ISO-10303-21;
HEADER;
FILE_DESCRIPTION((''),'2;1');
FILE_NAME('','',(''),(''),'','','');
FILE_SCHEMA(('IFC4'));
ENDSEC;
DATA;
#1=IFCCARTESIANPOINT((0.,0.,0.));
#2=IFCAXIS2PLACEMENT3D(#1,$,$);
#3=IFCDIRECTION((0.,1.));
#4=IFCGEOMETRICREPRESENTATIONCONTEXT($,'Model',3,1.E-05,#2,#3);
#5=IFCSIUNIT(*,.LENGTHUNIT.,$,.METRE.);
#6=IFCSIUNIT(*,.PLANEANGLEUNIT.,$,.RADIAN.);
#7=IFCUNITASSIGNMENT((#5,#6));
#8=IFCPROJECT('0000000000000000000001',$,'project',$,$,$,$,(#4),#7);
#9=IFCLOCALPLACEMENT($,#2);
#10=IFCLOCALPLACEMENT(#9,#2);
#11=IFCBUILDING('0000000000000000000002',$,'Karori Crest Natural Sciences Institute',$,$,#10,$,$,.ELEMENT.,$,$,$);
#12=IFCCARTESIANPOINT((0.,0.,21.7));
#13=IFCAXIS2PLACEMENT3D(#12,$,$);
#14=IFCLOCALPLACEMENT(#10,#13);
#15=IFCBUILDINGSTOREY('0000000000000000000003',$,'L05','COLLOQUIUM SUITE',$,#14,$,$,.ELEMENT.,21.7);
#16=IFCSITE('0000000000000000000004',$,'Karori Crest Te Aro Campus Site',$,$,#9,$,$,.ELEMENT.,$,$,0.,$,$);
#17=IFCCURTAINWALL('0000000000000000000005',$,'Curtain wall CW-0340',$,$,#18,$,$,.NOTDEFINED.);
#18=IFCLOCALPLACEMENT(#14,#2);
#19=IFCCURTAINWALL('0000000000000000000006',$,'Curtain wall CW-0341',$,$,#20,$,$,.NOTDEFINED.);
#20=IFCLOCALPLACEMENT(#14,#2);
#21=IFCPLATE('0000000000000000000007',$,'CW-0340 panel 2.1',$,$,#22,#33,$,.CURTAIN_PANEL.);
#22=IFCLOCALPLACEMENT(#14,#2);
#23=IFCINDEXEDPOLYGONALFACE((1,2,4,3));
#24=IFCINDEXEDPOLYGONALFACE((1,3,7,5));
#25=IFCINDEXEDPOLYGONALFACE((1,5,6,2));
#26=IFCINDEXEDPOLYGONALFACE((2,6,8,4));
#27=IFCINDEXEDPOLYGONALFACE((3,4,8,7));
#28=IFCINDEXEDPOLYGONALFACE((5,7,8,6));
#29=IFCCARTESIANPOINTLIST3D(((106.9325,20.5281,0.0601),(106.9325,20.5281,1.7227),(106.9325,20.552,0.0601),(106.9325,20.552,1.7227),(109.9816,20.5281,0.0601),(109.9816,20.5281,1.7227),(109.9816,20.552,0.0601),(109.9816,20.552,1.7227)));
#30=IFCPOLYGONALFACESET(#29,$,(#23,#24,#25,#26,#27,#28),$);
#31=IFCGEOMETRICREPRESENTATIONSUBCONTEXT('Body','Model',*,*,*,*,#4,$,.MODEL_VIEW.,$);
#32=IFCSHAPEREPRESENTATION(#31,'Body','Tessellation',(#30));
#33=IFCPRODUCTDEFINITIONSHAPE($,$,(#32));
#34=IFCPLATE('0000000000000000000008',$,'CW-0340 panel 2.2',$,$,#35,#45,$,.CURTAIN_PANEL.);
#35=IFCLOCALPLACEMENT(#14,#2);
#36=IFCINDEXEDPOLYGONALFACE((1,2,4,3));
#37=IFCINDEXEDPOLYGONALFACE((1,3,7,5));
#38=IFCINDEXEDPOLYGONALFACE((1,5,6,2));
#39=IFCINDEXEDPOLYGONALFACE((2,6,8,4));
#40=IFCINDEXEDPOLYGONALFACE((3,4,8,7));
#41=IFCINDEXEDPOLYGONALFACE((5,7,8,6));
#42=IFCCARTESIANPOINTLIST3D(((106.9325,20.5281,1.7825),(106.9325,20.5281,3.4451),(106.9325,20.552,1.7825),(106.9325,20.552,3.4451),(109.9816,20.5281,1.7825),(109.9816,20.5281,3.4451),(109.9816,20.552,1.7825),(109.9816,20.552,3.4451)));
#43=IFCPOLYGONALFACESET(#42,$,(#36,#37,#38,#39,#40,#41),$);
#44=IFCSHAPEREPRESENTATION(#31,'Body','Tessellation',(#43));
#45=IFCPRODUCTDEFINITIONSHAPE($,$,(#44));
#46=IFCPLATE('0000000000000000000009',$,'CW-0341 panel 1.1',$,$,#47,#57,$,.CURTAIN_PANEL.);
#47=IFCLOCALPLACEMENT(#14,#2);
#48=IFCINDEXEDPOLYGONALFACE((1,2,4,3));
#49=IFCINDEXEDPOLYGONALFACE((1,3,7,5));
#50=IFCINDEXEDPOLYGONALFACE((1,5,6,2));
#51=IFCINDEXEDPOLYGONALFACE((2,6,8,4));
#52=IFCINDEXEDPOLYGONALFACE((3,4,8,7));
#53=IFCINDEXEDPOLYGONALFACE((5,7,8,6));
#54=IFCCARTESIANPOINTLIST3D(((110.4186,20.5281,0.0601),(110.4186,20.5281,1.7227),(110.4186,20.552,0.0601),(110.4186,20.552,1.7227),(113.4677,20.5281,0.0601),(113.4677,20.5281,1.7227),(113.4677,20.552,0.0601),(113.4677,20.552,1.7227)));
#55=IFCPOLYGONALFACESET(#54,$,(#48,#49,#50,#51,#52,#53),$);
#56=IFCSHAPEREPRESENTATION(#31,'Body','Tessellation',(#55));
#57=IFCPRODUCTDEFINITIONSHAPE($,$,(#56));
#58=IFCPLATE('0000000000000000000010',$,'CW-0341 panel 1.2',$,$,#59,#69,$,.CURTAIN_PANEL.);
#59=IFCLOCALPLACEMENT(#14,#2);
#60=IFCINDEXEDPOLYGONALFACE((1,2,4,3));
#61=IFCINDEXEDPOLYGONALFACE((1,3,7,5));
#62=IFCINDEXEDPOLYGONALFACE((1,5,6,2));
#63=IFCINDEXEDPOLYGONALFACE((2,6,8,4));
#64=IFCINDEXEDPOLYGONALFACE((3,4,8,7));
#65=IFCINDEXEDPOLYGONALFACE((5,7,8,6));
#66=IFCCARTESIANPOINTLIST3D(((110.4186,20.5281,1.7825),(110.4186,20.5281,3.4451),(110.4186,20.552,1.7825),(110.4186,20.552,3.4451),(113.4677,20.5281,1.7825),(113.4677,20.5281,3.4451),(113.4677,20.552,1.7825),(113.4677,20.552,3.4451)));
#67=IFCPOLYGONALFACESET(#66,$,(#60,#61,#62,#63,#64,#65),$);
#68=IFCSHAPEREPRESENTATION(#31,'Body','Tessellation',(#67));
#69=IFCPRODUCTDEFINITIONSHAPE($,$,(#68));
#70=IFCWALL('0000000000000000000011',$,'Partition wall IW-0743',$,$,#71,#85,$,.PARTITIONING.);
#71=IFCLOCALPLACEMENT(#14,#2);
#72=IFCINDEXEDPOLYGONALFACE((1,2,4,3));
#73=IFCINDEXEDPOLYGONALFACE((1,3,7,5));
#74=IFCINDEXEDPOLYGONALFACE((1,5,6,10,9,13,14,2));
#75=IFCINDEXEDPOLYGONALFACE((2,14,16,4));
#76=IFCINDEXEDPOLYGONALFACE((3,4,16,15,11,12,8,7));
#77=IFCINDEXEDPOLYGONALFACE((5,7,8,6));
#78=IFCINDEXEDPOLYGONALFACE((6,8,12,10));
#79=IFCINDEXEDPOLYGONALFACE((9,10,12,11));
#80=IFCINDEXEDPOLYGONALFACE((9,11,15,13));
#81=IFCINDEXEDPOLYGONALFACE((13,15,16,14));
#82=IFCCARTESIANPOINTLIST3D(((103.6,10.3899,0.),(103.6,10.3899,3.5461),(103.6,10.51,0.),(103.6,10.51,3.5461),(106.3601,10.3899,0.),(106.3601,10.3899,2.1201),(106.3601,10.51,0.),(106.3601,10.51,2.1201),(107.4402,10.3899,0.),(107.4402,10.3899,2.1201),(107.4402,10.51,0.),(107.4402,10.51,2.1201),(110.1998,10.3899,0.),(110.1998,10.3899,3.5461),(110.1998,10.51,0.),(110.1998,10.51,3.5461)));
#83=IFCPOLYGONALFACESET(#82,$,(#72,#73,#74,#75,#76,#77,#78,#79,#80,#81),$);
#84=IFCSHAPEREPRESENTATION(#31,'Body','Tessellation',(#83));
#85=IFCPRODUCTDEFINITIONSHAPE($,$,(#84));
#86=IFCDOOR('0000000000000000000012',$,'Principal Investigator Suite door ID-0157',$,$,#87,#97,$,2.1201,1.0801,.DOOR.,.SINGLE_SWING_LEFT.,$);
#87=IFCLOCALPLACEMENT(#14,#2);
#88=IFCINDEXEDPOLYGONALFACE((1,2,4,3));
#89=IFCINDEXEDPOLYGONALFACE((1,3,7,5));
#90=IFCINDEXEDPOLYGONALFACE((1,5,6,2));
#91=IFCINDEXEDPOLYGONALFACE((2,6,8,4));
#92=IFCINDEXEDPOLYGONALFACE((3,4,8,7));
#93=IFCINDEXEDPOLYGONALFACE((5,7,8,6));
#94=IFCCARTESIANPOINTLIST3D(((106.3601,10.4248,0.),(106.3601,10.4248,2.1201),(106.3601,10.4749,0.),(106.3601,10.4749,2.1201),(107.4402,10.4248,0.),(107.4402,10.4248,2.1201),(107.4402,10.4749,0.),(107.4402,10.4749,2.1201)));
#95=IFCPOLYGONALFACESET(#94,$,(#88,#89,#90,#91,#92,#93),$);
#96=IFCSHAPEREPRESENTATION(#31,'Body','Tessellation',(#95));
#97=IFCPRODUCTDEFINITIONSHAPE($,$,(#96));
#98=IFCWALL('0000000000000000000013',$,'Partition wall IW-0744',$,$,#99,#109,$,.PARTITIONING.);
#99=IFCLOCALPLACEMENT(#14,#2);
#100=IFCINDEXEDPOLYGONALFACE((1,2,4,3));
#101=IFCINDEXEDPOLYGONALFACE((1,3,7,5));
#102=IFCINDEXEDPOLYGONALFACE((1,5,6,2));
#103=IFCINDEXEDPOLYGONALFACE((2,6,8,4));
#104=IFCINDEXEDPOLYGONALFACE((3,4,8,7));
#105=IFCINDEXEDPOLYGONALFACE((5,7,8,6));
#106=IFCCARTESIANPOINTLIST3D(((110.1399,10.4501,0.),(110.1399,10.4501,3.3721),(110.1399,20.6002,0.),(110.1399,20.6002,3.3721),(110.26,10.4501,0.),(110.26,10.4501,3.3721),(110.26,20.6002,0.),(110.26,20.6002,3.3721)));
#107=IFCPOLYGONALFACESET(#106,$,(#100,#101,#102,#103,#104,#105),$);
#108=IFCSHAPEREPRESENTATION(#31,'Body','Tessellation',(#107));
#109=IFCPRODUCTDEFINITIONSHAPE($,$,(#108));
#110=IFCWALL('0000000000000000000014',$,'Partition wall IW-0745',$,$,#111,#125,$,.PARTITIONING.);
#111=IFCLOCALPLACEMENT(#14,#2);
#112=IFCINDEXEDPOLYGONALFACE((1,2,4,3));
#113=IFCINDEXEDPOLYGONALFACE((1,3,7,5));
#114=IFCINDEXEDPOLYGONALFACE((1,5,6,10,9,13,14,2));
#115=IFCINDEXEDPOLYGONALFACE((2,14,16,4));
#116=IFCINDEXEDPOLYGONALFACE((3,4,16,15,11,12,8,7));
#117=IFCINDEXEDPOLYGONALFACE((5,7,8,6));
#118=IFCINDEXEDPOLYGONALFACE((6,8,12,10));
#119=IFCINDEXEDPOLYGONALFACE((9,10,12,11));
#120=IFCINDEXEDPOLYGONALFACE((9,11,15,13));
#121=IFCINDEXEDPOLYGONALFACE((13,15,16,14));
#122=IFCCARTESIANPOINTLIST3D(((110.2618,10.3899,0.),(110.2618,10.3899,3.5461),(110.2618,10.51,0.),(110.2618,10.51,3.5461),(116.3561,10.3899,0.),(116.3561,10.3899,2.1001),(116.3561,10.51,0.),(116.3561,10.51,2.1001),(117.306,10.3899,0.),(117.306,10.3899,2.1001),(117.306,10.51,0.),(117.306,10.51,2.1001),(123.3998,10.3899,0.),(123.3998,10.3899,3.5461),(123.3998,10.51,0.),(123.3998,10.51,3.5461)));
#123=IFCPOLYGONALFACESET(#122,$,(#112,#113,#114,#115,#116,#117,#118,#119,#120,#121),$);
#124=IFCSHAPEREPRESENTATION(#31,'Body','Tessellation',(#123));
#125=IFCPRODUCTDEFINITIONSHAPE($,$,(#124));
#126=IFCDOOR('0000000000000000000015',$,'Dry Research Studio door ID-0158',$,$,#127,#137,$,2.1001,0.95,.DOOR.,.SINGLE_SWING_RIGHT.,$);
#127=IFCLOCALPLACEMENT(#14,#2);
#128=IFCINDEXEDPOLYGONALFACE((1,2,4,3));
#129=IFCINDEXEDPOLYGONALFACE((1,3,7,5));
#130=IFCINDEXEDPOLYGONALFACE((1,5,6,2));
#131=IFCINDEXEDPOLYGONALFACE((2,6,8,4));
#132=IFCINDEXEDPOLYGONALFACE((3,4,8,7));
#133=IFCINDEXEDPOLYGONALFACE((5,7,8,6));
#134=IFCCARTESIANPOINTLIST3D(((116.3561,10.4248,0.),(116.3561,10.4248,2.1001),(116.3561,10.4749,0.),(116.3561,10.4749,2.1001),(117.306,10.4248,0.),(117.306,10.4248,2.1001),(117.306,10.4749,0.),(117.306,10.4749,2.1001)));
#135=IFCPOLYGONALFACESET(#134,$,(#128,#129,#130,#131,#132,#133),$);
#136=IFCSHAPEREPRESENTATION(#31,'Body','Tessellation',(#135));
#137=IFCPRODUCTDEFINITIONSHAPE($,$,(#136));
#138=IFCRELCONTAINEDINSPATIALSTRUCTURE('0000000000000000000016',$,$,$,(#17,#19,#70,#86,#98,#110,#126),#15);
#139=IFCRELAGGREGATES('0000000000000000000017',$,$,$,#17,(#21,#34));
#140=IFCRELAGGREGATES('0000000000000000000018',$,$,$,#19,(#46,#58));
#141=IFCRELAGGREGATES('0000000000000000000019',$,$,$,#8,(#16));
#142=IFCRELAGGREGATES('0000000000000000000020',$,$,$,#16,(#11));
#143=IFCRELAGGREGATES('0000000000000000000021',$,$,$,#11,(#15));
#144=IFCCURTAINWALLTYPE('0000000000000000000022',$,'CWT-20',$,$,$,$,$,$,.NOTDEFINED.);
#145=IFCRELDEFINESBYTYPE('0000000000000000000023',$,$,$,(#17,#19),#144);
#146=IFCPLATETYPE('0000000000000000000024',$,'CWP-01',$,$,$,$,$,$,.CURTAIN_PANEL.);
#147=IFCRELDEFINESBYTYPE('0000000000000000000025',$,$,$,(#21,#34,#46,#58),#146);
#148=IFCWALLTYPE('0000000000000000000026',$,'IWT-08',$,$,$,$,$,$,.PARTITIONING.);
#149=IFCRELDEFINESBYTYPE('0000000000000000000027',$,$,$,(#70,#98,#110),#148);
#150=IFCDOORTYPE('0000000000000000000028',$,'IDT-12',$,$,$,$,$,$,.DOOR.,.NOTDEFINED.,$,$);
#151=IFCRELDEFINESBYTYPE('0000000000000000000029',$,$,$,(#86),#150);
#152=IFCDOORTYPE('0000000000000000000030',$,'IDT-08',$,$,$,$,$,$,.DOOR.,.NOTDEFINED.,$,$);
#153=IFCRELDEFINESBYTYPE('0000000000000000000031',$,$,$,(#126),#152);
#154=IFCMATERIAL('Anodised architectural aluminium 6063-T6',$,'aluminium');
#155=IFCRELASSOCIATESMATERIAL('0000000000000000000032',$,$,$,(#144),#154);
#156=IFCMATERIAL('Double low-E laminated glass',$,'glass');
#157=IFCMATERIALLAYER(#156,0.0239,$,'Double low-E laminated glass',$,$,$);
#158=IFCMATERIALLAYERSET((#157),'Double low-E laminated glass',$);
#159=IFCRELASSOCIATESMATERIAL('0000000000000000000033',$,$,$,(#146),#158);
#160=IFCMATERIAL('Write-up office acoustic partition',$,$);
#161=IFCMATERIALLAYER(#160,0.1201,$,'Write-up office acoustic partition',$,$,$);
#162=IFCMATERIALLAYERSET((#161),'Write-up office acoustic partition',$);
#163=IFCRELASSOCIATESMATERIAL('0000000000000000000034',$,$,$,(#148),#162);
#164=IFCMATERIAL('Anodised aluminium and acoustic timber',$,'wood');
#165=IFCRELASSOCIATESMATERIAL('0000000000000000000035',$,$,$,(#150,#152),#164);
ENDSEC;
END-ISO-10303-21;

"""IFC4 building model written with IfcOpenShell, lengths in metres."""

from ifc_helpers import new_model, si_unit, direction, frame, frame_2d, origin, origin_2d, place, context, subcontext, project, spatial, rectangle, extrude, material, layer, layer_set, type_object, element, fill, aggregate, save


model = new_model("IFC4")

# Units and contexts
model_context = context("Model", 3, precision=1e-05, world=origin(), true_north=direction((0.0, 1.0)))
body_context = subcontext(model_context, "Body", "Model", "MODEL_VIEW")
ifc_project = project(units=[si_unit("LENGTHUNIT", "METRE"), si_unit("PLANEANGLEUNIT", "RADIAN")], contexts=[model_context])

# Site, building, storey
site_placement = place(None, origin())
site = spatial("IfcSite", under=ifc_project, at=site_placement, Name="Karori Crest Te Aro Campus Site", CompositionType="ELEMENT", RefElevation=0.0)
building_placement = place(site_placement, origin())
building = spatial("IfcBuilding", under=site, at=building_placement, Name="Karori Crest Natural Sciences Institute", CompositionType="ELEMENT")
storey_placement = place(building_placement, frame((0.0, 0.0, 21.7)))
storey = spatial("IfcBuildingStorey", under=building, at=storey_placement, Name="L05", Description="COLLOQUIUM SUITE", CompositionType="ELEMENT", Elevation=21.7)

# Curtain walls
ifc_material_1 = material(Name="Anodised architectural aluminium 6063-T6", Category="aluminium")
curtain_wall_type = type_object("IfcCurtainWallType", Name="CWT-20", PredefinedType="NOTDEFINED", material=ifc_material_1)
curtain_wall_1_placement = place(storey_placement, origin())
curtain_wall_1 = element("IfcCurtainWall", 1, at=curtain_wall_1_placement, inside=storey, type_object=curtain_wall_type, Name="Curtain wall CW-0340", PredefinedType="NOTDEFINED")
curtain_wall_2_placement = place(storey_placement, origin())
curtain_wall_2 = element("IfcCurtainWall", 2, at=curtain_wall_2_placement, inside=storey, type_object=curtain_wall_type, Name="Curtain wall CW-0341", PredefinedType="NOTDEFINED")

# Plates
ifc_material_2 = material(Name="Double low-E laminated glass", Category="glass")
ifc_layer_1 = layer(ifc_material_2, 0.0239, Name="Double low-E laminated glass")
ifc_layer_set_1 = layer_set([ifc_layer_1], Name="Double low-E laminated glass")
plate_type = type_object("IfcPlateType", Name="CWP-01", PredefinedType="CURTAIN_PANEL", material=ifc_layer_set_1)
plate_1_placement = place(storey_placement, frame((108.457, 20.54, 0.0601), z_axis=(0.0, 0.0, 1.0), x_axis=(1.0, 0.0, 0.0)))
plate_1 = element("IfcPlate", 3, at=plate_1_placement, type_object=plate_type, Name="CW-0340 panel 2.1", PredefinedType="CURTAIN_PANEL", context=body_context, shape_type="SweptSolid", body=[
    extrude(rectangle(XDim=3.0491, YDim=0.0239, at=origin_2d()), origin(), (0.0, 0.0, 1.0), 1.6626),
])
plate_2_placement = place(storey_placement, frame((108.457, 20.54, 1.7825), z_axis=(0.0, 0.0, 1.0), x_axis=(1.0, 0.0, 0.0)))
plate_2 = element("IfcPlate", 4, at=plate_2_placement, type_object=plate_type, Name="CW-0340 panel 2.2", PredefinedType="CURTAIN_PANEL", context=body_context, shape_type="SweptSolid", body=[
    extrude(rectangle(XDim=3.0491, YDim=0.0239, at=origin_2d()), origin(), (0.0, 0.0, 1.0), 1.6626),
])
aggregate(curtain_wall_1, [plate_1, plate_2])
plate_3_placement = place(storey_placement, frame((111.9431, 20.54, 0.0601), z_axis=(0.0, 0.0, 1.0), x_axis=(1.0, 0.0, 0.0)))
plate_3 = element("IfcPlate", 5, at=plate_3_placement, type_object=plate_type, Name="CW-0341 panel 1.1", PredefinedType="CURTAIN_PANEL", context=body_context, shape_type="SweptSolid", body=[
    extrude(rectangle(XDim=3.0491, YDim=0.0239, at=origin_2d()), origin(), (0.0, 0.0, 1.0), 1.6626),
])
plate_4_placement = place(storey_placement, frame((111.9431, 20.54, 1.7825), z_axis=(0.0, 0.0, 1.0), x_axis=(1.0, 0.0, 0.0)))
plate_4 = element("IfcPlate", 6, at=plate_4_placement, type_object=plate_type, Name="CW-0341 panel 1.2", PredefinedType="CURTAIN_PANEL", context=body_context, shape_type="SweptSolid", body=[
    extrude(rectangle(XDim=3.0491, YDim=0.0239, at=origin_2d()), origin(), (0.0, 0.0, 1.0), 1.6626),
])
aggregate(curtain_wall_2, [plate_3, plate_4])

# Wall, opening, door
ifc_material_3 = material(Name="Write-up office acoustic partition")
ifc_layer_2 = layer(ifc_material_3, 0.1201, Name="Write-up office acoustic partition")
ifc_layer_set_2 = layer_set([ifc_layer_2], Name="Write-up office acoustic partition")
wall_type = type_object("IfcWallType", Name="IWT-08", PredefinedType="PARTITIONING", material=ifc_layer_set_2)
wall_1_placement = place(storey_placement, frame((103.6001, 10.45, 0.0), z_axis=(0.0, 0.0, 1.0), x_axis=(1.0, 0.0, 0.0)))
wall_1 = element("IfcWall", 7, at=wall_1_placement, inside=storey, type_object=wall_type, Name="Partition wall IW-0743", PredefinedType="PARTITIONING", context=body_context, shape_type="SweptSolid", body=[
    extrude(rectangle(XDim=6.5999, YDim=0.1201, at=frame_2d((3.2998, 0.0))), origin(), (0.0, 0.0, 1.0), 3.5461),
])
opening_1_placement = place(wall_1_placement, frame((2.76, 0.0, 0.0)))
opening_1 = element("IfcOpeningElement", 8, at=opening_1_placement, cuts=wall_1, PredefinedType="OPENING", context=body_context, shape_type="SweptSolid", body=[
    extrude(rectangle(XDim=1.0801, YDim=2.1201, at=frame_2d((0.54, 1.0601))), frame((0.0, 0.0701, 0.0), z_axis=(0.0, -1.0, 0.0), x_axis=(1.0, 0.0, 0.0)), (0.0, 0.0, 1.0), 0.1401),
])
ifc_material_4 = material(Name="Anodised aluminium and acoustic timber", Category="wood")
door_type_1 = type_object("IfcDoorType", Name="IDT-12", OperationType="NOTDEFINED", PredefinedType="DOOR", material=ifc_material_4)
door_1_placement = place(opening_1_placement, origin())
door_1 = element("IfcDoor", 9, at=door_1_placement, inside=storey, type_object=door_type_1, Name="Principal Investigator Suite door ID-0157", OperationType="SINGLE_SWING_LEFT", OverallHeight=2.1201, OverallWidth=1.0801, PredefinedType="DOOR", context=body_context, shape_type="SweptSolid", body=[
    extrude(rectangle(XDim=1.0801, YDim=2.1201, at=frame_2d((0.54, 1.0601))), frame((0.0, 0.0249, 0.0), z_axis=(0.0, -1.0, 0.0), x_axis=(1.0, 0.0, 0.0)), (0.0, 0.0, 1.0), 0.05),
])
fill(opening_1, door_1)

# Wall
wall_2_placement = place(storey_placement, frame((110.2, 10.45, 0.0), z_axis=(0.0, 0.0, 1.0), x_axis=(0.0, 1.0, 0.0)))
element("IfcWall", 10, at=wall_2_placement, inside=storey, type_object=wall_type, Name="Partition wall IW-0744", PredefinedType="PARTITIONING", context=body_context, shape_type="SweptSolid", body=[
    extrude(rectangle(XDim=10.1501, YDim=0.1201, at=frame_2d((5.0752, 0.0))), origin(), (0.0, 0.0, 1.0), 3.3721),
])

# Wall, opening, door
wall_3_placement = place(storey_placement, frame((110.262, 10.45, 0.0), z_axis=(0.0, 0.0, 1.0), x_axis=(1.0, 0.0, 0.0)))
wall_3 = element("IfcWall", 11, at=wall_3_placement, inside=storey, type_object=wall_type, Name="Partition wall IW-0745", PredefinedType="PARTITIONING", context=body_context, shape_type="SweptSolid", body=[
    extrude(rectangle(XDim=13.1379, YDim=0.1201, at=frame_2d((6.5688, 0.0))), origin(), (0.0, 0.0, 1.0), 3.5461),
])
opening_2_placement = place(wall_3_placement, frame((6.094, 0.0, 0.0)))
opening_2 = element("IfcOpeningElement", 12, at=opening_2_placement, cuts=wall_3, PredefinedType="OPENING", context=body_context, shape_type="SweptSolid", body=[
    extrude(rectangle(XDim=0.95, YDim=2.1001, at=frame_2d((0.4751, 1.05))), frame((0.0, 0.0701, 0.0), z_axis=(0.0, -1.0, 0.0), x_axis=(1.0, 0.0, 0.0)), (0.0, 0.0, 1.0), 0.1401),
])
door_type_2 = type_object("IfcDoorType", Name="IDT-08", OperationType="NOTDEFINED", PredefinedType="DOOR", material=ifc_material_4)
door_2_placement = place(opening_2_placement, origin())
door_2 = element("IfcDoor", 13, at=door_2_placement, inside=storey, type_object=door_type_2, Name="Dry Research Studio door ID-0158", OperationType="SINGLE_SWING_RIGHT", OverallHeight=2.1001, OverallWidth=0.95, PredefinedType="DOOR", context=body_context, shape_type="SweptSolid", body=[
    extrude(rectangle(XDim=0.95, YDim=2.1001, at=frame_2d((0.4751, 1.05))), frame((0.0, 0.0249, 0.0), z_axis=(0.0, -1.0, 0.0), x_axis=(1.0, 0.0, 0.0)), (0.0, 0.0, 1.0), 0.05),
])
fill(opening_2, door_2)

save(model, "model.ifc")
